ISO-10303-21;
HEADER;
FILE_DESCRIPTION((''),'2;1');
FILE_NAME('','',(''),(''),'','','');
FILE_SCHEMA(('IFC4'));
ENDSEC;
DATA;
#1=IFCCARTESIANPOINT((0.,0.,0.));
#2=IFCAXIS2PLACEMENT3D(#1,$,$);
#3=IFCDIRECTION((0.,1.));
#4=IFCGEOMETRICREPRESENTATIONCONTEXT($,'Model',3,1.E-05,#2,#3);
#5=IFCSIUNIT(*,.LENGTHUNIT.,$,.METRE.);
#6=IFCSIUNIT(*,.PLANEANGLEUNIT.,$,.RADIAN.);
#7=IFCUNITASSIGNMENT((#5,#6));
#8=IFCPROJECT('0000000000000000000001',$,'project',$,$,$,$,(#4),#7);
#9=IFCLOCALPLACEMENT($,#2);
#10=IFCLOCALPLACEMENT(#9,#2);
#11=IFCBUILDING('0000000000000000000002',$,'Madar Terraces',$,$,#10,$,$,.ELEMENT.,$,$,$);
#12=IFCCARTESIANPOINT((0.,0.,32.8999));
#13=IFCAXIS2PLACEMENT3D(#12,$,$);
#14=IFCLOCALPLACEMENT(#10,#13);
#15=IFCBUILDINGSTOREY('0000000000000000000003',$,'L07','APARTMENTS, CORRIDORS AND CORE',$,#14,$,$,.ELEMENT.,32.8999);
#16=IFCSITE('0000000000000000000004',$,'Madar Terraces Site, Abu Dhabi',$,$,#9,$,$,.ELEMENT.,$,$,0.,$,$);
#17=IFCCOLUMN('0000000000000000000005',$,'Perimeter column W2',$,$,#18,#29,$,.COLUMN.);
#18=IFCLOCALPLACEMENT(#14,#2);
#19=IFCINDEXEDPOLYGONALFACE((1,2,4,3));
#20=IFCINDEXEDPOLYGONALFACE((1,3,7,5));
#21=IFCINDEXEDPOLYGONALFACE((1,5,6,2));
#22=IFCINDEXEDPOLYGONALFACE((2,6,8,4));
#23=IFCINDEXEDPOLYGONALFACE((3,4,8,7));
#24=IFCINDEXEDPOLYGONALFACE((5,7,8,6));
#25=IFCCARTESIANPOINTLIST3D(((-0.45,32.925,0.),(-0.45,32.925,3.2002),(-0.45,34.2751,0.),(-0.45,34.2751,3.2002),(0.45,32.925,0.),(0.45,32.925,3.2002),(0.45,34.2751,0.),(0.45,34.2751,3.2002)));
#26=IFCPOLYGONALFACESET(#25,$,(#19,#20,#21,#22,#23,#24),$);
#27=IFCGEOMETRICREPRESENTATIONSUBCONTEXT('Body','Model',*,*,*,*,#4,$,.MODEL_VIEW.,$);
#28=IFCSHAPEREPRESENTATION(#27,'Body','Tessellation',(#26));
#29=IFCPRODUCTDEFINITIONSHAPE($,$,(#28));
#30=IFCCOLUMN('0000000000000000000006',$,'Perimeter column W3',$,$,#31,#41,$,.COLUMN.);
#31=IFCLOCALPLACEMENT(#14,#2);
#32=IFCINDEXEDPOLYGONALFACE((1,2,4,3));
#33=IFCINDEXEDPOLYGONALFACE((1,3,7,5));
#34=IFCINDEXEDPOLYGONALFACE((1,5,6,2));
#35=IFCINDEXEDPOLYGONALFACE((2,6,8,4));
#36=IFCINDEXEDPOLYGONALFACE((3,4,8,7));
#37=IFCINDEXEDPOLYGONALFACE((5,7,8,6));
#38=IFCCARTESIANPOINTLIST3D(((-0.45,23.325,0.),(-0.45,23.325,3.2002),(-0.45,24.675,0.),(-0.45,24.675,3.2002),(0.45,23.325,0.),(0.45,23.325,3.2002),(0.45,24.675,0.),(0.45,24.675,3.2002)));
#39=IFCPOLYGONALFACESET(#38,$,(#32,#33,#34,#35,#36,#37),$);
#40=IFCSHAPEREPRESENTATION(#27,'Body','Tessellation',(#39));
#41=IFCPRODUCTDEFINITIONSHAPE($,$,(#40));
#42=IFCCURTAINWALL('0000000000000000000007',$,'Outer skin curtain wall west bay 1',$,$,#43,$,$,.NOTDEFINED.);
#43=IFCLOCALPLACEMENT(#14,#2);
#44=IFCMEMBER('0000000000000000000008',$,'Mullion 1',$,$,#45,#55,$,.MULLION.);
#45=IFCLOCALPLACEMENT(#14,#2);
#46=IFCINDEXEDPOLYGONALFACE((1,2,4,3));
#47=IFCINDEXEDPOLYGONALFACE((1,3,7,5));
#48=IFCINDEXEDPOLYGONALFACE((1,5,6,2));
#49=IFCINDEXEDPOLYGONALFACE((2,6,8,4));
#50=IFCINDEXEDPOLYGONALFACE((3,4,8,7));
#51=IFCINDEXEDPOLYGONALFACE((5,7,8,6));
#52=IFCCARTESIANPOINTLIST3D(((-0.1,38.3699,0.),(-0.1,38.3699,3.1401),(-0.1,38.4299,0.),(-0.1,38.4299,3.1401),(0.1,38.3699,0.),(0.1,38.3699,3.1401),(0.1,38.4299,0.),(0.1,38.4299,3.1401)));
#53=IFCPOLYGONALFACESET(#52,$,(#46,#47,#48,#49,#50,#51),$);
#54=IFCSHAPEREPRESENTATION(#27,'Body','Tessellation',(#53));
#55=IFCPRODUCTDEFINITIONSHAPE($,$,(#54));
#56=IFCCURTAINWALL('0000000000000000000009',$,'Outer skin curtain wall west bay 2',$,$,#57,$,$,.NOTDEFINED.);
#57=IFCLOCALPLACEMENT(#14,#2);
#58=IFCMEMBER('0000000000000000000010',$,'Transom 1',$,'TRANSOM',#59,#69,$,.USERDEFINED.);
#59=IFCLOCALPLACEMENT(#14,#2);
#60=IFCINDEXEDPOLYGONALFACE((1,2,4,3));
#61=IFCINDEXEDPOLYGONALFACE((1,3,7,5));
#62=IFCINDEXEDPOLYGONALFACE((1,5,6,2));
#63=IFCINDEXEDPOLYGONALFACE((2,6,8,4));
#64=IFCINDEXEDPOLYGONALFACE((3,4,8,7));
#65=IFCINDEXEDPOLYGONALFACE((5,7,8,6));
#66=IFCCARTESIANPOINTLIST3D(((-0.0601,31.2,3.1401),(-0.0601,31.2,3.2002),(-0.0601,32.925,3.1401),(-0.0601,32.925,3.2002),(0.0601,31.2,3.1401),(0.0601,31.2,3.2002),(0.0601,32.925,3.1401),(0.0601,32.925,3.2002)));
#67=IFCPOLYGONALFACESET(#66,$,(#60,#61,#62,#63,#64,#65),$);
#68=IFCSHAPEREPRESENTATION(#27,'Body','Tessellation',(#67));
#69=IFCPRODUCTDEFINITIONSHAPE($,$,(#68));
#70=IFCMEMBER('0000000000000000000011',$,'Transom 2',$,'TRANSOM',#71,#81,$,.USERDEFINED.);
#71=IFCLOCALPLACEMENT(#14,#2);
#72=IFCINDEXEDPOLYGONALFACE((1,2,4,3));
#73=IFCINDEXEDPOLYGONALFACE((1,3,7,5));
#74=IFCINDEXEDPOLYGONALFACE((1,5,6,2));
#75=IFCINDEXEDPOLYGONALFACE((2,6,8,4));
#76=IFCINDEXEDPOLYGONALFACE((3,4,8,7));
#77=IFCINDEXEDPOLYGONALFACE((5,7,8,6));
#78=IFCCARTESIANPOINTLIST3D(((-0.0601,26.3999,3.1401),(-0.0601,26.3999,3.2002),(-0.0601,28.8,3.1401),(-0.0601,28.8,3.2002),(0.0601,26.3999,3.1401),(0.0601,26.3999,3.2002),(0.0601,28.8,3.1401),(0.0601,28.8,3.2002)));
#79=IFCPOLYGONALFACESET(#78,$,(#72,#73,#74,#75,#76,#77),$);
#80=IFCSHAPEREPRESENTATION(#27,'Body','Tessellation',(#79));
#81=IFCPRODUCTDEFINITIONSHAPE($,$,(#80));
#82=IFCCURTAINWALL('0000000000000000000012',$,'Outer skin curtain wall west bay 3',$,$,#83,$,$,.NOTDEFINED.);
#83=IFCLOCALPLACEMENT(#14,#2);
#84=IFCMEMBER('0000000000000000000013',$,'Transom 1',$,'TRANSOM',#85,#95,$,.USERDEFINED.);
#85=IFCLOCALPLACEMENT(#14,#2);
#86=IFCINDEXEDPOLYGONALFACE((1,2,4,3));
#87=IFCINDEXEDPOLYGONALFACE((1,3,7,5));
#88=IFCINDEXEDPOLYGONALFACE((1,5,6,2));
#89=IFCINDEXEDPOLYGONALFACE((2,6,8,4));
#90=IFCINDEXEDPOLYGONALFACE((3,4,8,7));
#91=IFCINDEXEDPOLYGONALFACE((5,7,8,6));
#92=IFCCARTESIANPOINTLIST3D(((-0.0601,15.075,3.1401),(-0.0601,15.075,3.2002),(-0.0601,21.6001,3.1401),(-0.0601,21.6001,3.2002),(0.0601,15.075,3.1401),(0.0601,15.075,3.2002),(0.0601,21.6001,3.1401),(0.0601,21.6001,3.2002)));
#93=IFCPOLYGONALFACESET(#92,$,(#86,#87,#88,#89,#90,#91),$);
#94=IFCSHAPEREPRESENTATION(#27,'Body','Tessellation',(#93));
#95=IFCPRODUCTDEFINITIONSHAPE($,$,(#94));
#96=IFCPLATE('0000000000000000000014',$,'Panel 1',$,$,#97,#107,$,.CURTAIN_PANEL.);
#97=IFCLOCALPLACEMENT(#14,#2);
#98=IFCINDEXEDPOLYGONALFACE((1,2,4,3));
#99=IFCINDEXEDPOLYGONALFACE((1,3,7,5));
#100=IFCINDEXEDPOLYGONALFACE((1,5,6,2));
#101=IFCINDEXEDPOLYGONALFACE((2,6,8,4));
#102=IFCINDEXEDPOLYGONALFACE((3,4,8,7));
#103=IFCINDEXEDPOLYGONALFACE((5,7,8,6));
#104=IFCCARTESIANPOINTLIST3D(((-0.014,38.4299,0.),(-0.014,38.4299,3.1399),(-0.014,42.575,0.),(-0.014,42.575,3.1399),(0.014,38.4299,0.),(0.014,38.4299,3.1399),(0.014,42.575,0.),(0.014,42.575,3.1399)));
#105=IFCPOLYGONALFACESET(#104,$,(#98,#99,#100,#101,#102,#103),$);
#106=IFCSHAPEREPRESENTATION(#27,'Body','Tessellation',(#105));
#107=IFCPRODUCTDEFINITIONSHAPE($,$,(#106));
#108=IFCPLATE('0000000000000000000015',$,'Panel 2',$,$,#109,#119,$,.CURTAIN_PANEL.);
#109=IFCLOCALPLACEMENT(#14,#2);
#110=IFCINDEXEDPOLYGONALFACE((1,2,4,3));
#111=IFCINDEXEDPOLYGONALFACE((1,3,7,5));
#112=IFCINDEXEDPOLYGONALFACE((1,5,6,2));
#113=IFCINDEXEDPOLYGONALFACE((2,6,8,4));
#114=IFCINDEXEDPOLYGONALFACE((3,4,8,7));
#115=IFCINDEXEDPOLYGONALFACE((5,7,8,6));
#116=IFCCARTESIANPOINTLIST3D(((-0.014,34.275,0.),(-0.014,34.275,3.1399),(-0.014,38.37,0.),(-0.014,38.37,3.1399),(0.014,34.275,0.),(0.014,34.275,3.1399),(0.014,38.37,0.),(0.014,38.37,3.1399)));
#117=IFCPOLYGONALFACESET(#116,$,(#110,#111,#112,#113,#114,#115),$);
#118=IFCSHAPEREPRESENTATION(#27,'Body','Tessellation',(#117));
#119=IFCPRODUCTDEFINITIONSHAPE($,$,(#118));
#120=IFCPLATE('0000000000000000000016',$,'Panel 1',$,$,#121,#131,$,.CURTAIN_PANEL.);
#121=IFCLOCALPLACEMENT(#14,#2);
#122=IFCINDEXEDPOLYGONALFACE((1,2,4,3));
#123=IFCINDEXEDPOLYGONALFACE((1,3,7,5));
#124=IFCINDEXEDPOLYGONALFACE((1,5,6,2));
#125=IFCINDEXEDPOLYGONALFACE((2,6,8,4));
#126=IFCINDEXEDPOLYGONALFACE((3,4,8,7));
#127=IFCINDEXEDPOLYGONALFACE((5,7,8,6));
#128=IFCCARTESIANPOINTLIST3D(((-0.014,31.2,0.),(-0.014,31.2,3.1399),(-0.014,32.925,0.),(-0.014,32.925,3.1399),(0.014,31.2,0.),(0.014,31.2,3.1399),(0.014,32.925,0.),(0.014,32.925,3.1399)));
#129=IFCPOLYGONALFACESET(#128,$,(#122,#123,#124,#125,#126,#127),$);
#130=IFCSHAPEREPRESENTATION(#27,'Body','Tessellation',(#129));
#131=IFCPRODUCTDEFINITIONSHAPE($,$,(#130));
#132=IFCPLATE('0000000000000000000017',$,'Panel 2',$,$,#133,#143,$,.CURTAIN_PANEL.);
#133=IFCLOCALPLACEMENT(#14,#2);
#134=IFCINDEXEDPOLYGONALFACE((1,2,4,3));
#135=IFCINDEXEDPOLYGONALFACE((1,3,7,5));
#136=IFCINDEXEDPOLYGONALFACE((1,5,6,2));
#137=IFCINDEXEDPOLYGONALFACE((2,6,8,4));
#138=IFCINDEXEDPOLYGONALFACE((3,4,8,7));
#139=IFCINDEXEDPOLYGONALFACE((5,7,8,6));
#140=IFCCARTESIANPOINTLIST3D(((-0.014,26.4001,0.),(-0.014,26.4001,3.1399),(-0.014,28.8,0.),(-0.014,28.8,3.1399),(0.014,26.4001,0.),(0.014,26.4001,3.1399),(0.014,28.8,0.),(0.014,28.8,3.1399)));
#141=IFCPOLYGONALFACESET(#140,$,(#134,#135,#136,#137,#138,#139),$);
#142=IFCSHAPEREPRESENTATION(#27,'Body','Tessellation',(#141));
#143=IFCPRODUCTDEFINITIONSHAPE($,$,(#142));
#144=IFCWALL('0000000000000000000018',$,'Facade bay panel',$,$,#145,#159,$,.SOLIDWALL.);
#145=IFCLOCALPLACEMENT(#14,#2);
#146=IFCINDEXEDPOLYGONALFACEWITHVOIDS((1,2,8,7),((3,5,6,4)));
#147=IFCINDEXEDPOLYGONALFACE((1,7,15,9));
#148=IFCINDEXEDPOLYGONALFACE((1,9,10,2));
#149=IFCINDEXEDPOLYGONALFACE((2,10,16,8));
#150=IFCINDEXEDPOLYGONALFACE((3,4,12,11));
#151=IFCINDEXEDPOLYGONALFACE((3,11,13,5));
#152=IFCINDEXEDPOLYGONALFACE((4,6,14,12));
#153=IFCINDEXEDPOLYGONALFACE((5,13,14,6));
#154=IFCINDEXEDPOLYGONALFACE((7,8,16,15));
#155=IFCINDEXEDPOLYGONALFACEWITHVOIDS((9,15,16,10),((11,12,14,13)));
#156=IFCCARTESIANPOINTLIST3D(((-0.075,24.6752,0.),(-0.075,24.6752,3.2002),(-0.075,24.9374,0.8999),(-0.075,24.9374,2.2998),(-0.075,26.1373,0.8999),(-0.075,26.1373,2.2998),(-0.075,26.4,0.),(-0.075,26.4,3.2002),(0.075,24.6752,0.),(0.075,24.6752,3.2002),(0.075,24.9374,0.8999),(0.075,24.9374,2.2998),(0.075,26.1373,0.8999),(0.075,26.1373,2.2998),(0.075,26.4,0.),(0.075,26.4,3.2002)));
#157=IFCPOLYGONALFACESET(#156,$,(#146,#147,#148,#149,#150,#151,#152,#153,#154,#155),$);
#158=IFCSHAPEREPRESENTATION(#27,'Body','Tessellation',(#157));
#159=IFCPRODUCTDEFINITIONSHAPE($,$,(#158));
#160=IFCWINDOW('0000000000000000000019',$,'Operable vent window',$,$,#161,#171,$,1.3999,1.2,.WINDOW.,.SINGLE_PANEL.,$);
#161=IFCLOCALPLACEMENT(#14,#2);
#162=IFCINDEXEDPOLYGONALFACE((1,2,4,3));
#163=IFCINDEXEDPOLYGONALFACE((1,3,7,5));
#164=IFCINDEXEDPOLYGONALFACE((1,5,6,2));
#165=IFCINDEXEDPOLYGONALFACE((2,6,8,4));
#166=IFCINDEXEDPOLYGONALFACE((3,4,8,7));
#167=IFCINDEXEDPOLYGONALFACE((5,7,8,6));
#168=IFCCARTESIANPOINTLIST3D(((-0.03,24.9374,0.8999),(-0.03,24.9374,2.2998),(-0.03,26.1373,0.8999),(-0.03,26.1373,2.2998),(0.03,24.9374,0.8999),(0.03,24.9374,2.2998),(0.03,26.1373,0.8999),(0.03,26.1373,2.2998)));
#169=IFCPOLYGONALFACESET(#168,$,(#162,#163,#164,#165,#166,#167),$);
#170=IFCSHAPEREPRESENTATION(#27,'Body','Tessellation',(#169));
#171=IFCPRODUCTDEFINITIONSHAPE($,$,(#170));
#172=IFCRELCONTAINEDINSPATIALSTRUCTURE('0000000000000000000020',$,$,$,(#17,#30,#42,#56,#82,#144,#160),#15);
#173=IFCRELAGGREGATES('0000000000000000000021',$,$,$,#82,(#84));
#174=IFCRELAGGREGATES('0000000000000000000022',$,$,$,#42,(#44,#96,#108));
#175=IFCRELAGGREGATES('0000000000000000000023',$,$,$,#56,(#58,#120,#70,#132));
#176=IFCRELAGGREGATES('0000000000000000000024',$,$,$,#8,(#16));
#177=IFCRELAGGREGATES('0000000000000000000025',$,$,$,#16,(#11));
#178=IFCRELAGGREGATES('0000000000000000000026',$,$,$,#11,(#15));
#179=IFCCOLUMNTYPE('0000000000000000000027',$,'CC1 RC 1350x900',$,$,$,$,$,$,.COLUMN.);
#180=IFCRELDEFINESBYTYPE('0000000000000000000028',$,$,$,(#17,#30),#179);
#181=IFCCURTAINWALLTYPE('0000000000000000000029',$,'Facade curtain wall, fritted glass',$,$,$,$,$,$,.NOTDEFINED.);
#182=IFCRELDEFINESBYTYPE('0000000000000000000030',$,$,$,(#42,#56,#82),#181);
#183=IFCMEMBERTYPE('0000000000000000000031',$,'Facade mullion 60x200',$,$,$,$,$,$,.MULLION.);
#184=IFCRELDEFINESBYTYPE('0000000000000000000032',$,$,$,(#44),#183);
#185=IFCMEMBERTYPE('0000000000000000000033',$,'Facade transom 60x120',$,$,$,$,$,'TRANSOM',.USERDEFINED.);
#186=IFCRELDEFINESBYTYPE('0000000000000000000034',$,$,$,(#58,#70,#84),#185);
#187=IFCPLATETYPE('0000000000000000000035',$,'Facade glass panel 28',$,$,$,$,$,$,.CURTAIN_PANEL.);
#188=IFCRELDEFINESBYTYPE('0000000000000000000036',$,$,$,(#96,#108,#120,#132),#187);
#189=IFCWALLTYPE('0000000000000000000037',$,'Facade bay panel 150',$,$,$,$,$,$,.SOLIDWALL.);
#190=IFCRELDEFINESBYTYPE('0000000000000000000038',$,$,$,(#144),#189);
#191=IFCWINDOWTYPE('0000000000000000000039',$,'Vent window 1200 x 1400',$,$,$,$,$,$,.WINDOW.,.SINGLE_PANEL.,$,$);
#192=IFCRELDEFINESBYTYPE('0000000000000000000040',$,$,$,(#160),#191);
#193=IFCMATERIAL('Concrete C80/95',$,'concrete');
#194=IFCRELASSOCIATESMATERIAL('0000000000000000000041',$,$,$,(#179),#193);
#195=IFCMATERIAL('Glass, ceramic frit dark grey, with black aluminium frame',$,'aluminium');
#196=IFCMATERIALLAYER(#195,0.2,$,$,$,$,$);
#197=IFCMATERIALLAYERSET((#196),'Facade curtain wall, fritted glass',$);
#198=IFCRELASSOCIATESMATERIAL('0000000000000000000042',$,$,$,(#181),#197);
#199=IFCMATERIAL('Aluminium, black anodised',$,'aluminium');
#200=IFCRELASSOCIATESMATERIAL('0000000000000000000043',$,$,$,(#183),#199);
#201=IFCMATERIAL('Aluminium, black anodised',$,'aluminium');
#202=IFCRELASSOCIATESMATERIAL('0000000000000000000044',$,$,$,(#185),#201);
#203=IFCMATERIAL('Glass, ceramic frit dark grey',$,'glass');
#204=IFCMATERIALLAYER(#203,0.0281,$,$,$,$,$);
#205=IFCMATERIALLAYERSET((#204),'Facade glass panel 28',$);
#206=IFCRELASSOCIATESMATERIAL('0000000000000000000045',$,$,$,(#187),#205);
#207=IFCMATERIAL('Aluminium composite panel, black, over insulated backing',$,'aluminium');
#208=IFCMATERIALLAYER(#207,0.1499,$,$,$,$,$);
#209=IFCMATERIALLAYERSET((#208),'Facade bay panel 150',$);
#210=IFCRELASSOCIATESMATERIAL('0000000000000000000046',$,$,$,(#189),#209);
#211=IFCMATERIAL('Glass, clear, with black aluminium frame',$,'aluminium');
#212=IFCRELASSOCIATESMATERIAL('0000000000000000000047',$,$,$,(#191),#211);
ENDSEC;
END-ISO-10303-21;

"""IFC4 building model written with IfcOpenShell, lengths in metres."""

from ifc_helpers import new_model, si_unit, direction, frame, frame_2d, origin, origin_2d, place, context, subcontext, project, spatial, rectangle, extrude, material, layer, layer_set, material_profile, profile_set, type_object, element, fill, aggregate, save


model = new_model("IFC4")

# Units and contexts
model_context = context("Model", 3, precision=1e-05, world=origin(), true_north=direction((0.0, 1.0)))
body_context = subcontext(model_context, "Body", "Model", "MODEL_VIEW")
ifc_project = project(units=[si_unit("LENGTHUNIT", "METRE"), si_unit("PLANEANGLEUNIT", "RADIAN")], contexts=[model_context])

# Site, building, storey
site_placement = place(None, origin())
site = spatial("IfcSite", under=ifc_project, at=site_placement, Name="Madar Terraces Site, Abu Dhabi", CompositionType="ELEMENT", RefElevation=0.0)
building_placement = place(site_placement, origin())
building = spatial("IfcBuilding", under=site, at=building_placement, Name="Madar Terraces", CompositionType="ELEMENT")
storey_placement = place(building_placement, frame((0.0, 0.0, 32.8999)))
storey = spatial("IfcBuildingStorey", under=building, at=storey_placement, Name="L07", Description="APARTMENTS, CORRIDORS AND CORE", CompositionType="ELEMENT", Elevation=32.8999)

# Columns
ifc_material_1 = material(Name="Concrete C80/95", Category="concrete")
ifc_material_profile_1 = material_profile(ifc_material_1, rectangle(XDim=1.3501, YDim=0.8999, at=origin_2d()), Name="CC1 RC 1350x900")
ifc_profile_set_1 = profile_set([ifc_material_profile_1], Name="Concrete C80/95")
column_type = type_object("IfcColumnType", Name="CC1 RC 1350x900", PredefinedType="COLUMN", material=ifc_profile_set_1)
for number, where, z_axis, x_axis, name in (
    (1, (0.0, 33.6001, 0.0), (0.0, 0.0, 1.0), (0.0, 1.0, 0.0), "Perimeter column W2"),
    (2, (0.0, 24.0, 0.0), (0.0, 0.0, 1.0), (0.0, 1.0, 0.0), "Perimeter column W3"),
):
    element("IfcColumn", number, at=place(storey_placement, frame(where, z_axis=z_axis, x_axis=x_axis)), inside=storey, type_object=column_type, Name=name, PredefinedType="COLUMN", context=body_context, shape_type="SweptSolid", body=[
        extrude(rectangle(XDim=1.3501, YDim=0.8999, at=origin_2d()), origin(), (0.0, 0.0, 1.0), 3.2002),
    ])

# Curtain wall, member
ifc_material_2 = material(Name="Glass, ceramic frit dark grey, with black aluminium frame", Category="aluminium")
ifc_layer_1 = layer(ifc_material_2, 0.2)
ifc_layer_set_1 = layer_set([ifc_layer_1], Name="Facade curtain wall, fritted glass")
curtain_wall_type = type_object("IfcCurtainWallType", Name="Facade curtain wall, fritted glass", PredefinedType="NOTDEFINED", material=ifc_layer_set_1)
curtain_wall_1_placement = place(storey_placement, origin())
curtain_wall_1 = element("IfcCurtainWall", 3, at=curtain_wall_1_placement, inside=storey, type_object=curtain_wall_type, Name="Outer skin curtain wall west bay 1", PredefinedType="NOTDEFINED")
ifc_material_3 = material(Name="Aluminium, black anodised", Category="aluminium")
ifc_material_profile_2 = material_profile(ifc_material_3, rectangle(XDim=0.2, YDim=0.0601, at=origin_2d()), Name="Facade mullion 60x200")
ifc_profile_set_2 = profile_set([ifc_material_profile_2], Name="Aluminium, black anodised")
member_type_1 = type_object("IfcMemberType", Name="Facade mullion 60x200", PredefinedType="MULLION", material=ifc_profile_set_2)
member_1_placement = place(storey_placement, frame((0.0, 38.3999, 0.0), z_axis=(0.0, 0.0, 1.0), x_axis=(1.0, 0.0, 0.0)))
member_1 = element("IfcMember", 4, at=member_1_placement, type_object=member_type_1, Name="Mullion 1", PredefinedType="MULLION", context=body_context, shape_type="SweptSolid", body=[
    extrude(rectangle(XDim=0.2, YDim=0.0601, at=origin_2d()), origin(), (0.0, 0.0, 1.0), 3.1401),
])

# Curtain wall, members
curtain_wall_2_placement = place(storey_placement, origin())
curtain_wall_2 = element("IfcCurtainWall", 5, at=curtain_wall_2_placement, inside=storey, type_object=curtain_wall_type, Name="Outer skin curtain wall west bay 2", PredefinedType="NOTDEFINED")
ifc_material_4 = material(Name="Aluminium, black anodised", Category="aluminium")
ifc_material_profile_3 = material_profile(ifc_material_4, rectangle(XDim=0.1201, YDim=0.0601, at=origin_2d()), Name="Facade transom 60x120")
ifc_profile_set_3 = profile_set([ifc_material_profile_3], Name="Aluminium, black anodised")
member_type_2 = type_object("IfcMemberType", Name="Facade transom 60x120", ElementType="TRANSOM", PredefinedType="USERDEFINED", material=ifc_profile_set_3)
member_2_placement = place(storey_placement, frame((0.0, 32.925, 3.1702), z_axis=(0.0, -1.0, 0.0), x_axis=(1.0, 0.0, 0.0)))
member_2 = element("IfcMember", 6, at=member_2_placement, type_object=member_type_2, Name="Transom 1", ObjectType="TRANSOM", PredefinedType="USERDEFINED", context=body_context, shape_type="SweptSolid", body=[
    extrude(rectangle(XDim=0.1201, YDim=0.0601, at=origin_2d()), origin(), (0.0, 0.0, 1.0), 1.7251),
])
member_3_placement = place(storey_placement, frame((0.0, 28.8, 3.1702), z_axis=(0.0, -1.0, 0.0), x_axis=(1.0, 0.0, 0.0)))
member_3 = element("IfcMember", 7, at=member_3_placement, type_object=member_type_2, Name="Transom 2", ObjectType="TRANSOM", PredefinedType="USERDEFINED", context=body_context, shape_type="SweptSolid", body=[
    extrude(rectangle(XDim=0.1201, YDim=0.0601, at=origin_2d()), origin(), (0.0, 0.0, 1.0), 2.4001),
])

# Curtain wall, member
curtain_wall_3_placement = place(storey_placement, origin())
curtain_wall_3 = element("IfcCurtainWall", 8, at=curtain_wall_3_placement, inside=storey, type_object=curtain_wall_type, Name="Outer skin curtain wall west bay 3", PredefinedType="NOTDEFINED")
member_4_placement = place(storey_placement, frame((0.0, 21.6001, 3.1702), z_axis=(0.0, -1.0, 0.0), x_axis=(1.0, 0.0, 0.0)))
member_4 = element("IfcMember", 9, at=member_4_placement, type_object=member_type_2, Name="Transom 1", ObjectType="TRANSOM", PredefinedType="USERDEFINED", context=body_context, shape_type="SweptSolid", body=[
    extrude(rectangle(XDim=0.1201, YDim=0.0601, at=origin_2d()), origin(), (0.0, 0.0, 1.0), 6.5251),
])
aggregate(curtain_wall_3, [member_4])

# Plates
ifc_material_5 = material(Name="Glass, ceramic frit dark grey", Category="glass")
ifc_layer_2 = layer(ifc_material_5, 0.0281)
ifc_layer_set_2 = layer_set([ifc_layer_2], Name="Facade glass panel 28")
plate_type = type_object("IfcPlateType", Name="Facade glass panel 28", PredefinedType="CURTAIN_PANEL", material=ifc_layer_set_2)
plate_1_placement = place(storey_placement, frame((0.0, 40.5024, 0.0), z_axis=(0.0, 0.0, 1.0), x_axis=(0.0, -1.0, 0.0)))
plate_1 = element("IfcPlate", 10, at=plate_1_placement, type_object=plate_type, Name="Panel 1", PredefinedType="CURTAIN_PANEL", context=body_context, shape_type="SweptSolid", body=[
    extrude(rectangle(XDim=4.145, YDim=0.0281, at=origin_2d()), origin(), (0.0, 0.0, 1.0), 3.1399),
])
plate_2_placement = place(storey_placement, frame((0.0, 36.3225, 0.0), z_axis=(0.0, 0.0, 1.0), x_axis=(0.0, -1.0, 0.0)))
plate_2 = element("IfcPlate", 11, at=plate_2_placement, type_object=plate_type, Name="Panel 2", PredefinedType="CURTAIN_PANEL", context=body_context, shape_type="SweptSolid", body=[
    extrude(rectangle(XDim=4.095, YDim=0.0281, at=origin_2d()), origin(), (0.0, 0.0, 1.0), 3.1399),
])
aggregate(curtain_wall_1, [member_1, plate_1, plate_2])
plate_3_placement = place(storey_placement, frame((0.0, 32.0625, 0.0), z_axis=(0.0, 0.0, 1.0), x_axis=(0.0, -1.0, 0.0)))
plate_3 = element("IfcPlate", 12, at=plate_3_placement, type_object=plate_type, Name="Panel 1", PredefinedType="CURTAIN_PANEL", context=body_context, shape_type="SweptSolid", body=[
    extrude(rectangle(XDim=1.7251, YDim=0.0281, at=origin_2d()), origin(), (0.0, 0.0, 1.0), 3.1399),
])
plate_4_placement = place(storey_placement, frame((0.0, 27.6001, 0.0), z_axis=(0.0, 0.0, 1.0), x_axis=(0.0, -1.0, 0.0)))
plate_4 = element("IfcPlate", 13, at=plate_4_placement, type_object=plate_type, Name="Panel 2", PredefinedType="CURTAIN_PANEL", context=body_context, shape_type="SweptSolid", body=[
    extrude(rectangle(XDim=2.3999, YDim=0.0281, at=origin_2d()), origin(), (0.0, 0.0, 1.0), 3.1399),
])
aggregate(curtain_wall_2, [member_2, plate_3, member_3, plate_4])

# Shared definitions
ifc_material_6 = material(Name="Aluminium composite panel, black, over insulated backing", Category="aluminium")
ifc_layer_3 = layer(ifc_material_6, 0.1499)
ifc_layer_set_3 = layer_set([ifc_layer_3], Name="Facade bay panel 150")
wall_type_1 = type_object("IfcWallType", Name="Facade bay panel 150", PredefinedType="SOLIDWALL", material=ifc_layer_set_3)

# Wall, opening, window
wall_1_placement = place(storey_placement, frame((0.0, 26.3999, 0.0), z_axis=(0.0, 0.0, 1.0), x_axis=(0.0, -1.0, 0.0)))
wall_1 = element("IfcWall", 14, at=wall_1_placement, inside=storey, type_object=wall_type_1, Name="Facade bay panel", PredefinedType="SOLIDWALL", context=body_context, shape_type="SweptSolid", body=[
    extrude(rectangle(XDim=1.7249, YDim=0.1499, at=frame_2d((0.8623, 0.0))), origin(), (0.0, 0.0, 1.0), 3.2002),
])
opening_1_placement = place(wall_1_placement, frame((0.2625, 0.0, 0.8999)))
opening_1 = element("IfcOpeningElement", 15, at=opening_1_placement, cuts=wall_1, PredefinedType="OPENING", context=body_context, shape_type="SweptSolid", body=[
    extrude(rectangle(XDim=1.2, YDim=1.3999, at=frame_2d((0.6001, 0.7))), frame((0.0, 0.085, 0.0), z_axis=(0.0, -1.0, 0.0), x_axis=(1.0, 0.0, 0.0)), (0.0, 0.0, 1.0), 0.1699),
])
ifc_material_7 = material(Name="Glass, clear, with black aluminium frame", Category="aluminium")
window_type = type_object("IfcWindowType", Name="Vent window 1200 x 1400", PartitioningType="SINGLE_PANEL", PredefinedType="WINDOW", material=ifc_material_7)
window_1_placement = place(opening_1_placement, origin())
window_1 = element("IfcWindow", 16, at=window_1_placement, inside=storey, type_object=window_type, Name="Operable vent window", OverallHeight=1.3999, OverallWidth=1.2, PartitioningType="SINGLE_PANEL", PredefinedType="WINDOW", context=body_context, shape_type="SweptSolid", body=[
    extrude(rectangle(XDim=1.2, YDim=1.3999, at=frame_2d((0.6001, 0.7))), frame((0.0, 0.03, 0.0), z_axis=(0.0, -1.0, 0.0), x_axis=(1.0, 0.0, 0.0)), (0.0, 0.0, 1.0), 0.0601),
])
fill(opening_1, window_1)

save(model, "model.ifc")
